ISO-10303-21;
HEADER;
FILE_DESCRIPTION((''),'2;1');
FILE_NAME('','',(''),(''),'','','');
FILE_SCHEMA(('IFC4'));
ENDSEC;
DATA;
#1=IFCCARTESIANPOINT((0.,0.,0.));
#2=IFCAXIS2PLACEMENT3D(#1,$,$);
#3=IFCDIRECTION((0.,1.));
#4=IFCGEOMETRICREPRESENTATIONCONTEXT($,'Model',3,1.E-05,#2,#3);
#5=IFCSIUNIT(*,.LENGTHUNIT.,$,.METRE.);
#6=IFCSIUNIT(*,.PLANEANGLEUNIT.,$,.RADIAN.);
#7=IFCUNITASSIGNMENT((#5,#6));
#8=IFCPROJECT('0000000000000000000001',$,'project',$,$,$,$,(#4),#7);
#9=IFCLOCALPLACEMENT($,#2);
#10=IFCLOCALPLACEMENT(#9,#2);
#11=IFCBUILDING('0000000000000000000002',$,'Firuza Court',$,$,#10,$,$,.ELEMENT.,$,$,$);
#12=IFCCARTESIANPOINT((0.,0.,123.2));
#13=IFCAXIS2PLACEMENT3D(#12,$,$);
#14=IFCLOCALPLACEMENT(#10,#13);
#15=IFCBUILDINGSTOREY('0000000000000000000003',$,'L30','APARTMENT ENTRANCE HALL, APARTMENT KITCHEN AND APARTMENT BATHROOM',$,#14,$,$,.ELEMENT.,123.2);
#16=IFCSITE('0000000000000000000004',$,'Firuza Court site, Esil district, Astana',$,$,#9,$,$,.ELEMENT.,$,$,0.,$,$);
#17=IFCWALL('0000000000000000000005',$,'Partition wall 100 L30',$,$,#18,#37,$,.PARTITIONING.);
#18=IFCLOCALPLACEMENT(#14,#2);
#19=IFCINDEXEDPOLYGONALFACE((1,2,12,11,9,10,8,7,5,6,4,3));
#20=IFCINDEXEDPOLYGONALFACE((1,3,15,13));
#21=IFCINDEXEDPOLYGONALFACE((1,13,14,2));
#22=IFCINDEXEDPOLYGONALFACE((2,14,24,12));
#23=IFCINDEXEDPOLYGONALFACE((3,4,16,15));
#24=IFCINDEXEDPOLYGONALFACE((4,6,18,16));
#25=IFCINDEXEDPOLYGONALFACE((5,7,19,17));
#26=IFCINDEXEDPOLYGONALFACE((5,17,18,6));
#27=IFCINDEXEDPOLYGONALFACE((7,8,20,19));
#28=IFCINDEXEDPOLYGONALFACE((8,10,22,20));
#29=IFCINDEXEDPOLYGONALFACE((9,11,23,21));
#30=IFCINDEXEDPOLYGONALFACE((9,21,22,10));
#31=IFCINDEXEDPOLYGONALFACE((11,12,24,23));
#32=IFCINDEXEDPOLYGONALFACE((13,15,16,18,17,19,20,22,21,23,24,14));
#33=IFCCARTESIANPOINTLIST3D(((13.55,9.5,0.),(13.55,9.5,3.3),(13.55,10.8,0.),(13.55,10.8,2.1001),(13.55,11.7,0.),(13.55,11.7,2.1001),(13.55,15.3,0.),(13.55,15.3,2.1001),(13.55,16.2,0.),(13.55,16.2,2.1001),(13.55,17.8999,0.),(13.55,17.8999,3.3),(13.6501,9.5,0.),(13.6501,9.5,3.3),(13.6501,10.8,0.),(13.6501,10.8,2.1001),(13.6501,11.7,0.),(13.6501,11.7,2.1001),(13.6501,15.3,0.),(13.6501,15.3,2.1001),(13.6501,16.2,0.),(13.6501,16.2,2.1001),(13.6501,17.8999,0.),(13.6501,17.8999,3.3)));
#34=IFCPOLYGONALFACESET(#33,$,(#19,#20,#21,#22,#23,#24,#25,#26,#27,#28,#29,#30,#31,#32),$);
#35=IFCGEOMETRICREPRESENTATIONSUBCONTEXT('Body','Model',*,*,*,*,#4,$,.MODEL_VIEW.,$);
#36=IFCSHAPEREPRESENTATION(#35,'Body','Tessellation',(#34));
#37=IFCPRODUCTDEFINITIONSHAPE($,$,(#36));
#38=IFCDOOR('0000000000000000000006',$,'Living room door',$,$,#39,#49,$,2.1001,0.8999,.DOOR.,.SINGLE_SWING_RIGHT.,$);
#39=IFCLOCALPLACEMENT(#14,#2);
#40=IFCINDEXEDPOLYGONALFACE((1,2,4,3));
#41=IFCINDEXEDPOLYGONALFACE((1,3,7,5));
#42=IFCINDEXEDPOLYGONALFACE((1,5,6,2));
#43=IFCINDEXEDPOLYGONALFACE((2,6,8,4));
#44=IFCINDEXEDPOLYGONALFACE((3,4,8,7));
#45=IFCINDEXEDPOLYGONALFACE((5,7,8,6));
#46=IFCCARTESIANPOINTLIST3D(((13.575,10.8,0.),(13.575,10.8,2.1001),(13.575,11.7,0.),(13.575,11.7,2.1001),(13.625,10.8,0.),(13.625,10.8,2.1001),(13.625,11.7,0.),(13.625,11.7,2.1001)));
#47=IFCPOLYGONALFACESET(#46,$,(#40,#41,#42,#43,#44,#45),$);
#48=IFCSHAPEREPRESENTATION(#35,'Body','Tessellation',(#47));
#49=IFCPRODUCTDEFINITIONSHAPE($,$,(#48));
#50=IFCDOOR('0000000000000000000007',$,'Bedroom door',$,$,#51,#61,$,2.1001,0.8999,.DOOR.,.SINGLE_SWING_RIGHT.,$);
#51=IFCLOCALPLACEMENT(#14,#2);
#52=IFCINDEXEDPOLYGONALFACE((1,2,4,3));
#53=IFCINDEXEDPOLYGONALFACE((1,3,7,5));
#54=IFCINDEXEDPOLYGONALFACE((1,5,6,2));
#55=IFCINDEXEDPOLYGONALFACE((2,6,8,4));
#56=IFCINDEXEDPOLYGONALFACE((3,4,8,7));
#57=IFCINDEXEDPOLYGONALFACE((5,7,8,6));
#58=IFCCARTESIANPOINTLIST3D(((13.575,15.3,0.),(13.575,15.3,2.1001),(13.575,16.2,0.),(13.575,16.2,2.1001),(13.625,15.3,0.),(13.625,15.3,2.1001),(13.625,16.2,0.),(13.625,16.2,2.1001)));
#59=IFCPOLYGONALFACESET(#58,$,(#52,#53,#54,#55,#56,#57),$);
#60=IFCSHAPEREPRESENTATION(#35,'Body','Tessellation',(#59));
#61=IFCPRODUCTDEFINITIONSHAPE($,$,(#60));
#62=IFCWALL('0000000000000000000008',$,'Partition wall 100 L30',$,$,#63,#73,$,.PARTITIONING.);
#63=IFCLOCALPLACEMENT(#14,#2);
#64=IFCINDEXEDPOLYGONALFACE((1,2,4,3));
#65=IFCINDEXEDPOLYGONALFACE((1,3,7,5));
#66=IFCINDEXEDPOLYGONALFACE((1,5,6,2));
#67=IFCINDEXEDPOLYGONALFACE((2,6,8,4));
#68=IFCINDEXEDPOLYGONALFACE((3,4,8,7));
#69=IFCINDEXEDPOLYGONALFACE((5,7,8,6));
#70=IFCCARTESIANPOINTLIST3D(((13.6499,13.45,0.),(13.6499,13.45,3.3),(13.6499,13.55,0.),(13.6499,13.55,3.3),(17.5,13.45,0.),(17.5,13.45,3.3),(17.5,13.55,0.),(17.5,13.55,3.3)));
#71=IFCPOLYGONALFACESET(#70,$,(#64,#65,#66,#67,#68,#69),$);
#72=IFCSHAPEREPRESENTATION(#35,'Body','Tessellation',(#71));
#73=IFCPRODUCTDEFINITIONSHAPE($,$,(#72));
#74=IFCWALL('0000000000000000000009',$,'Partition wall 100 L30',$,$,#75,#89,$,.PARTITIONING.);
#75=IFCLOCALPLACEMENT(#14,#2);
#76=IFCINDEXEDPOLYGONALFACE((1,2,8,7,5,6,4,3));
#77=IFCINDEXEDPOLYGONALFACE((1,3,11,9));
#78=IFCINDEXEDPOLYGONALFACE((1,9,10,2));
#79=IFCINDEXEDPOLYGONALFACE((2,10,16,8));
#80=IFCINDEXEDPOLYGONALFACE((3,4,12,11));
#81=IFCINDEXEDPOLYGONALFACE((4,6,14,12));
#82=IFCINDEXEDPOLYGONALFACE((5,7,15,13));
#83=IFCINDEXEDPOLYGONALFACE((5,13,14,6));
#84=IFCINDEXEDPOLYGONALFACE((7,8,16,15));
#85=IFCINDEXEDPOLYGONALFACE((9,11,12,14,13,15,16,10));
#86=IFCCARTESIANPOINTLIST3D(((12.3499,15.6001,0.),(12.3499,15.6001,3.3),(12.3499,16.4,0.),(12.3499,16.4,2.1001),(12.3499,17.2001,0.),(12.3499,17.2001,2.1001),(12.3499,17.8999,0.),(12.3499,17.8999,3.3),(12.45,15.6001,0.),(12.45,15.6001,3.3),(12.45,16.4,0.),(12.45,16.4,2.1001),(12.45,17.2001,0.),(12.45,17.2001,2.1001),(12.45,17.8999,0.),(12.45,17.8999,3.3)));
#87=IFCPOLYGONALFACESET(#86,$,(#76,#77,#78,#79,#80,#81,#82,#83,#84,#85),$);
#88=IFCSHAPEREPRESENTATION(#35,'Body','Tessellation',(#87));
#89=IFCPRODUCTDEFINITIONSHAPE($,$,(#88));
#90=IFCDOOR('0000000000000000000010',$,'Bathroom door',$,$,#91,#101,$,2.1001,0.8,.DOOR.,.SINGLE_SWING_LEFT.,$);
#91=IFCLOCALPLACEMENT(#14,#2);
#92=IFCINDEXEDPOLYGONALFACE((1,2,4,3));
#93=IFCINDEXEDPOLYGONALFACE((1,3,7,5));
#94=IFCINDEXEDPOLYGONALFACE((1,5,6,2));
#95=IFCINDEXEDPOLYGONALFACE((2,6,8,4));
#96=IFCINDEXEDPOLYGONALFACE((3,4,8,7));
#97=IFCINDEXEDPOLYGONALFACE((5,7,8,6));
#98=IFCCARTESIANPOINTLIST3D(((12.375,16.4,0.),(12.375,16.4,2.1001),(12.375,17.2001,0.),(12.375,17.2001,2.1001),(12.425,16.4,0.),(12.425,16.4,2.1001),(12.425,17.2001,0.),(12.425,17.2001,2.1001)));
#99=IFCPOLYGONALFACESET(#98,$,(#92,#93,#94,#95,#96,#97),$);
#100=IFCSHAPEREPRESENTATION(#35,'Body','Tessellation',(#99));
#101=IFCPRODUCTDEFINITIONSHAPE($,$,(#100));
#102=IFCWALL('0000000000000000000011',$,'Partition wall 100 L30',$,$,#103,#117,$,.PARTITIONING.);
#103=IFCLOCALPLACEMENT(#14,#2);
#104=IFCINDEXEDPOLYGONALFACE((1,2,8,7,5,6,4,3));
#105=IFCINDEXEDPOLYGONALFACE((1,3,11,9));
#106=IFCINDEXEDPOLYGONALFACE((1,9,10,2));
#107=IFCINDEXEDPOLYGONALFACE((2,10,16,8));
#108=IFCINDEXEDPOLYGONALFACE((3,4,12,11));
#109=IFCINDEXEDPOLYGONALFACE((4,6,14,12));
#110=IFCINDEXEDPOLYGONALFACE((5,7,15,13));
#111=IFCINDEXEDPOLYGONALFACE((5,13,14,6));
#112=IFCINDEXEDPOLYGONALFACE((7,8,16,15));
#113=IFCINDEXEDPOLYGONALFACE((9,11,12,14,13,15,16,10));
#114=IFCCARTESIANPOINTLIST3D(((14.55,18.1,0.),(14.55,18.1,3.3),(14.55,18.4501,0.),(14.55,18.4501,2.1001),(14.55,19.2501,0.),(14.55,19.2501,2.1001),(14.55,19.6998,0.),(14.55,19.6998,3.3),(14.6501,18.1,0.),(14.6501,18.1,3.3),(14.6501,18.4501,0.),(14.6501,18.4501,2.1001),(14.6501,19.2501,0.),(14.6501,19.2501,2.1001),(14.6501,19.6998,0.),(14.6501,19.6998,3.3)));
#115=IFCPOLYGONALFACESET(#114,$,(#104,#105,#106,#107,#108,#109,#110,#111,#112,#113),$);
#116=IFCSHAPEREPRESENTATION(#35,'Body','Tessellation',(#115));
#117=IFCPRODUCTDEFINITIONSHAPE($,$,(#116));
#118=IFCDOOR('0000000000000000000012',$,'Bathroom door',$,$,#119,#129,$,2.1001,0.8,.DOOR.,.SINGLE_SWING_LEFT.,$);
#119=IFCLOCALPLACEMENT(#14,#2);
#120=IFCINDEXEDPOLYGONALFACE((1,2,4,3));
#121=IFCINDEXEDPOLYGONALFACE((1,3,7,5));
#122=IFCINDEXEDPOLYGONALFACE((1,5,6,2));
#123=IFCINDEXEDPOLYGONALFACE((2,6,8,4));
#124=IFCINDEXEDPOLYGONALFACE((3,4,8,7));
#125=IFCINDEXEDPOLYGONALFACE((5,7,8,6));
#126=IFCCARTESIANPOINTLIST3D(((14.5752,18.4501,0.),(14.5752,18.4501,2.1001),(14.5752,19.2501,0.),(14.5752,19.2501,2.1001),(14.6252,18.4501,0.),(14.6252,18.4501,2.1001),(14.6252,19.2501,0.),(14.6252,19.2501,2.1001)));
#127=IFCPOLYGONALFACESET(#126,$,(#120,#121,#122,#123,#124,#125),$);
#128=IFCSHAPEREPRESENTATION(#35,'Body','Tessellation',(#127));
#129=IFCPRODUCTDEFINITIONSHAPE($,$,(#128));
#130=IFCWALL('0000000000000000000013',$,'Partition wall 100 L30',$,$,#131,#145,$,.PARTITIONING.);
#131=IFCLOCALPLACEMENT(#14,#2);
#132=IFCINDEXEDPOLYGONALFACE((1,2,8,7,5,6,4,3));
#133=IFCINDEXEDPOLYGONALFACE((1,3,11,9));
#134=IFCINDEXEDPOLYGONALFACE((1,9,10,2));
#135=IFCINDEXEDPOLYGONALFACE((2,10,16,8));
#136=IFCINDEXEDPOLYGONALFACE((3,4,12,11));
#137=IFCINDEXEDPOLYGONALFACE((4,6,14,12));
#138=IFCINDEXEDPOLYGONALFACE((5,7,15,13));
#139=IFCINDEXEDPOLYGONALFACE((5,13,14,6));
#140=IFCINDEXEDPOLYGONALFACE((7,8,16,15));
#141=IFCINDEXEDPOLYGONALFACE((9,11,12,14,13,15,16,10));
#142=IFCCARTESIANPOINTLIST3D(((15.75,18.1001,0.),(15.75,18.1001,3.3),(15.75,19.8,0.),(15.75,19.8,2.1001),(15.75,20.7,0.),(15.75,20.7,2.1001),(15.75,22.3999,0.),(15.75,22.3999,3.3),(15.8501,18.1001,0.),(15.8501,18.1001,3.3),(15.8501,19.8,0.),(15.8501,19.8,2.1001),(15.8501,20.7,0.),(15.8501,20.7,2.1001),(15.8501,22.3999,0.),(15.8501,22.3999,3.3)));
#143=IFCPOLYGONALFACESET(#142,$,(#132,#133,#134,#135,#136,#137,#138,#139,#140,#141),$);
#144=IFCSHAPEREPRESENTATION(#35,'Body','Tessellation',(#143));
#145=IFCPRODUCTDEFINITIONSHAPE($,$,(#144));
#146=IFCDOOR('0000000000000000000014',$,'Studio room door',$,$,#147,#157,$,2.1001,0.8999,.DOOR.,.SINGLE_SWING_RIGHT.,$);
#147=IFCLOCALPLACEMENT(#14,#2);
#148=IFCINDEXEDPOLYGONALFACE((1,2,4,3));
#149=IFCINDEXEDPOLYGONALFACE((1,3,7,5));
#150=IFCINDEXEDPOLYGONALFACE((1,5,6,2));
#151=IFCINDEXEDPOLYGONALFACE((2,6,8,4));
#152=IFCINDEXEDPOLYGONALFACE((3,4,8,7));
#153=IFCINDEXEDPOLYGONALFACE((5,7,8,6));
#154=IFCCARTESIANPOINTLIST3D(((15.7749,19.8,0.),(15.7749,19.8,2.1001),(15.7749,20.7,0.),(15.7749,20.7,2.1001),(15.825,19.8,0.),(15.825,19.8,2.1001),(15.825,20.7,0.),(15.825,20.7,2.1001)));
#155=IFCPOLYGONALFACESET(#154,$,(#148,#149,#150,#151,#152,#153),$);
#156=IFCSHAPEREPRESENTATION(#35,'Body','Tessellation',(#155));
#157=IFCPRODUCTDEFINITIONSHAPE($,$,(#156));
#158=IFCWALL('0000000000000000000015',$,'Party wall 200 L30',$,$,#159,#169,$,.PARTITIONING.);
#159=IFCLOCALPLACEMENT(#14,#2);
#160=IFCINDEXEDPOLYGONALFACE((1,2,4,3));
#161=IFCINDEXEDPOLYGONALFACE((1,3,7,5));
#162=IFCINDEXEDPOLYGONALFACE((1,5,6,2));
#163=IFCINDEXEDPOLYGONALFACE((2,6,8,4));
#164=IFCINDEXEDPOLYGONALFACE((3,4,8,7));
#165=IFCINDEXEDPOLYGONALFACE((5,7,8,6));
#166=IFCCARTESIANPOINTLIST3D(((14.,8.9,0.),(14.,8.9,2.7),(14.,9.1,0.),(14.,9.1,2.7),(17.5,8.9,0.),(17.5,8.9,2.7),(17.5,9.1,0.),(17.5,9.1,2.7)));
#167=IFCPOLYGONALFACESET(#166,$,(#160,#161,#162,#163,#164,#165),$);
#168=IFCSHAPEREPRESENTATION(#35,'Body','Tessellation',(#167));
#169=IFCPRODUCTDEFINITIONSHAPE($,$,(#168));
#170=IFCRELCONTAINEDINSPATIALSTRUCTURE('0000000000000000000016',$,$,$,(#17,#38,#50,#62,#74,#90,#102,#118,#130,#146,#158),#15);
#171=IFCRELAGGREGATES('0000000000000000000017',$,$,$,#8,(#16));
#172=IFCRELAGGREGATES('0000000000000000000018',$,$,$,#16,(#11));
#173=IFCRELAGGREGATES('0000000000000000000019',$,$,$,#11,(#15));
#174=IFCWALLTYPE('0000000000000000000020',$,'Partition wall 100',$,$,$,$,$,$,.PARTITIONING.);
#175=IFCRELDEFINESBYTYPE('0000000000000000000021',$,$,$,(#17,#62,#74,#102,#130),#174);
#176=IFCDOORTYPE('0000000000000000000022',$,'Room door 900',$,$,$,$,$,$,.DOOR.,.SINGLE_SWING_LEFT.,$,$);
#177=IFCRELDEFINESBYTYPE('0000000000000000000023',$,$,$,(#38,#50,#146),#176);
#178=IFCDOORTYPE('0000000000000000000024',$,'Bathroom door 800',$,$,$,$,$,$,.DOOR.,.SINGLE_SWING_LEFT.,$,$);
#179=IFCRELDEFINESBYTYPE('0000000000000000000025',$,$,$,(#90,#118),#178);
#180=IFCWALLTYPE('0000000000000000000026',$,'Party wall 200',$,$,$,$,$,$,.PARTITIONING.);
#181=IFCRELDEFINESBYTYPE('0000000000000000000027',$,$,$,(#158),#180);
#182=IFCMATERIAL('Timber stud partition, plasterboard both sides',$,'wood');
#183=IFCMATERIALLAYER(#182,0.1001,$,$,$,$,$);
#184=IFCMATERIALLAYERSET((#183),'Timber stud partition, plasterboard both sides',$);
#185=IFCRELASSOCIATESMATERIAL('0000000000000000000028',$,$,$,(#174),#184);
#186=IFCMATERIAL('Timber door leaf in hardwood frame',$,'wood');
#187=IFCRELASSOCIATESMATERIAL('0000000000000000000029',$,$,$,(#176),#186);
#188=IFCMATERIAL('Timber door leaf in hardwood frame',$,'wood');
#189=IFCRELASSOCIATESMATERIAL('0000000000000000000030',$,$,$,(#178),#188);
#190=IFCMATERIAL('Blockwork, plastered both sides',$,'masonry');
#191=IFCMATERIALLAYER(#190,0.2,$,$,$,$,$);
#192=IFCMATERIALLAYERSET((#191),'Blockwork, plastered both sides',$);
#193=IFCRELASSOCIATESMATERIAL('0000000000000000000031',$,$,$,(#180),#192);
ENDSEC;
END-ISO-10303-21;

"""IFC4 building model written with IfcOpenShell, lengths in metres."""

from ifc_helpers import new_model, si_unit, direction, frame, frame_2d, origin, place, context, subcontext, project, spatial, rectangle, extrude, material, layer, layer_set, type_object, element, fill, save


model = new_model("IFC4")

# Units and contexts
model_context = context("Model", 3, precision=1e-05, world=origin(), true_north=direction((0.0, 1.0)))
body_context = subcontext(model_context, "Body", "Model", "MODEL_VIEW")
ifc_project = project(units=[si_unit("LENGTHUNIT", "METRE"), si_unit("PLANEANGLEUNIT", "RADIAN")], contexts=[model_context])

# Site, building, storey
site_placement = place(None, origin())
site = spatial("IfcSite", under=ifc_project, at=site_placement, Name="Firuza Court site, Esil district, Astana", CompositionType="ELEMENT", RefElevation=0.0)
building_placement = place(site_placement, origin())
building = spatial("IfcBuilding", under=site, at=building_placement, Name="Firuza Court", CompositionType="ELEMENT")
storey_placement = place(building_placement, frame((0.0, 0.0, 123.2)))
storey = spatial("IfcBuildingStorey", under=building, at=storey_placement, Name="L30", Description="APARTMENT ENTRANCE HALL, APARTMENT KITCHEN AND APARTMENT BATHROOM", CompositionType="ELEMENT", Elevation=123.2)

# Shared definitions
ifc_material_1 = material(Name="Timber stud partition, plasterboard both sides", Category="wood")
ifc_layer_1 = layer(ifc_material_1, 0.1001)
ifc_layer_set_1 = layer_set([ifc_layer_1], Name="Timber stud partition, plasterboard both sides")
wall_type_1 = type_object("IfcWallType", Name="Partition wall 100", PredefinedType="PARTITIONING", material=ifc_layer_set_1)
ifc_material_2 = material(Name="Timber door leaf in hardwood frame", Category="wood")
door_type_1 = type_object("IfcDoorType", Name="Room door 900", OperationType="SINGLE_SWING_LEFT", PredefinedType="DOOR", material=ifc_material_2)

# Wall, openings, doors
wall_1_placement = place(storey_placement, frame((13.6001, 9.5, 0.0), z_axis=(0.0, 0.0, 1.0), x_axis=(0.0, 1.0, 0.0)))
wall_1 = element("IfcWall", 1, at=wall_1_placement, inside=storey, type_object=wall_type_1, Name="Partition wall 100 L30", PredefinedType="PARTITIONING", context=body_context, shape_type="SweptSolid", body=[
    extrude(rectangle(XDim=8.3999, YDim=0.1001, at=frame_2d((4.2, 0.0))), origin(), (0.0, 0.0, 1.0), 3.3),
])
opening_1_placement = place(wall_1_placement, frame((1.3, 0.0, 0.0)))
opening_1 = element("IfcOpeningElement", 2, at=opening_1_placement, cuts=wall_1, PredefinedType="OPENING", context=body_context, shape_type="SweptSolid", body=[
    extrude(rectangle(XDim=0.8999, YDim=2.1001, at=frame_2d((0.45, 1.05))), frame((0.0, 0.062, 0.0), z_axis=(0.0, -1.0, 0.0), x_axis=(1.0, 0.0, 0.0)), (0.0, 0.0, 1.0), 0.124),
])
opening_2_placement = place(wall_1_placement, frame((5.8, 0.0, 0.0)))
opening_2 = element("IfcOpeningElement", 3, at=opening_2_placement, cuts=wall_1, PredefinedType="OPENING", context=body_context, shape_type="SweptSolid", body=[
    extrude(rectangle(XDim=0.8999, YDim=2.1001, at=frame_2d((0.45, 1.05))), frame((0.0, 0.062, 0.0), z_axis=(0.0, -1.0, 0.0), x_axis=(1.0, 0.0, 0.0)), (0.0, 0.0, 1.0), 0.124),
])
door_1_placement = place(opening_1_placement, frame((0.8999, 0.0, 0.0), z_axis=(0.0, 0.0, 1.0), x_axis=(-1.0, 0.0, 0.0)))
door_1 = element("IfcDoor", 4, at=door_1_placement, inside=storey, type_object=door_type_1, Name="Living room door", OperationType="SINGLE_SWING_RIGHT", OverallHeight=2.1001, OverallWidth=0.8999, PredefinedType="DOOR", context=body_context, shape_type="SweptSolid", body=[
    extrude(rectangle(XDim=0.8999, YDim=2.1001, at=frame_2d((0.45, 1.05))), frame((0.0, 0.0249, 0.0), z_axis=(0.0, -1.0, 0.0), x_axis=(1.0, 0.0, 0.0)), (0.0, 0.0, 1.0), 0.05),
])
fill(opening_1, door_1)
door_2_placement = place(opening_2_placement, frame((0.8999, 0.0, 0.0), z_axis=(0.0, 0.0, 1.0), x_axis=(-1.0, 0.0, 0.0)))
door_2 = element("IfcDoor", 5, at=door_2_placement, inside=storey, type_object=door_type_1, Name="Bedroom door", OperationType="SINGLE_SWING_RIGHT", OverallHeight=2.1001, OverallWidth=0.8999, PredefinedType="DOOR", context=body_context, shape_type="SweptSolid", body=[
    extrude(rectangle(XDim=0.8999, YDim=2.1001, at=frame_2d((0.45, 1.05))), frame((0.0, 0.0249, 0.0), z_axis=(0.0, -1.0, 0.0), x_axis=(1.0, 0.0, 0.0)), (0.0, 0.0, 1.0), 0.05),
])
fill(opening_2, door_2)

# Wall
wall_2_placement = place(storey_placement, frame((13.6499, 13.5, 0.0), z_axis=(0.0, 0.0, 1.0), x_axis=(1.0, 0.0, 0.0)))
element("IfcWall", 6, at=wall_2_placement, inside=storey, type_object=wall_type_1, Name="Partition wall 100 L30", PredefinedType="PARTITIONING", context=body_context, shape_type="SweptSolid", body=[
    extrude(rectangle(XDim=3.8501, YDim=0.1001, at=frame_2d((1.925, 0.0))), origin(), (0.0, 0.0, 1.0), 3.3),
])

# Walls, openings, doors
wall_3_placement = place(storey_placement, frame((12.3999, 15.6001, 0.0), z_axis=(0.0, 0.0, 1.0), x_axis=(0.0, 1.0, 0.0)))
wall_3 = element("IfcWall", 7, at=wall_3_placement, inside=storey, type_object=wall_type_1, Name="Partition wall 100 L30", PredefinedType="PARTITIONING", context=body_context, shape_type="SweptSolid", body=[
    extrude(rectangle(XDim=2.2998, YDim=0.1001, at=frame_2d((1.1499, 0.0))), origin(), (0.0, 0.0, 1.0), 3.3),
])
opening_3_placement = place(wall_3_placement, frame((0.8, 0.0, 0.0)))
opening_3 = element("IfcOpeningElement", 8, at=opening_3_placement, cuts=wall_3, PredefinedType="OPENING", context=body_context, shape_type="SweptSolid", body=[
    extrude(rectangle(XDim=0.8, YDim=2.1001, at=frame_2d((0.3999, 1.05))), frame((0.0, 0.062, 0.0), z_axis=(0.0, -1.0, 0.0), x_axis=(1.0, 0.0, 0.0)), (0.0, 0.0, 1.0), 0.124),
])
ifc_material_3 = material(Name="Timber door leaf in hardwood frame", Category="wood")
door_type_2 = type_object("IfcDoorType", Name="Bathroom door 800", OperationType="SINGLE_SWING_LEFT", PredefinedType="DOOR", material=ifc_material_3)
door_3_placement = place(opening_3_placement, origin())
door_3 = element("IfcDoor", 9, at=door_3_placement, inside=storey, type_object=door_type_2, Name="Bathroom door", OperationType="SINGLE_SWING_LEFT", OverallHeight=2.1001, OverallWidth=0.8, PredefinedType="DOOR", context=body_context, shape_type="SweptSolid", body=[
    extrude(rectangle(XDim=0.8, YDim=2.1001, at=frame_2d((0.3999, 1.05))), frame((0.0, 0.0249, 0.0), z_axis=(0.0, -1.0, 0.0), x_axis=(1.0, 0.0, 0.0)), (0.0, 0.0, 1.0), 0.05),
])
fill(opening_3, door_3)
wall_4_placement = place(storey_placement, frame((14.6001, 18.1001, 0.0), z_axis=(0.0, 0.0, 1.0), x_axis=(0.0, 1.0, 0.0)))
wall_4 = element("IfcWall", 10, at=wall_4_placement, inside=storey, type_object=wall_type_1, Name="Partition wall 100 L30", PredefinedType="PARTITIONING", context=body_context, shape_type="SweptSolid", body=[
    extrude(rectangle(XDim=1.5999, YDim=0.1001, at=frame_2d((0.7998, 0.0))), origin(), (0.0, 0.0, 1.0), 3.3),
])
opening_4_placement = place(wall_4_placement, frame((0.3501, 0.0, 0.0)))
opening_4 = element("IfcOpeningElement", 11, at=opening_4_placement, cuts=wall_4, PredefinedType="OPENING", context=body_context, shape_type="SweptSolid", body=[
    extrude(rectangle(XDim=0.8, YDim=2.1001, at=frame_2d((0.3999, 1.05))), frame((0.0, 0.062, 0.0), z_axis=(0.0, -1.0, 0.0), x_axis=(1.0, 0.0, 0.0)), (0.0, 0.0, 1.0), 0.124),
])
door_4_placement = place(opening_4_placement, origin())
door_4 = element("IfcDoor", 12, at=door_4_placement, inside=storey, type_object=door_type_2, Name="Bathroom door", OperationType="SINGLE_SWING_LEFT", OverallHeight=2.1001, OverallWidth=0.8, PredefinedType="DOOR", context=body_context, shape_type="SweptSolid", body=[
    extrude(rectangle(XDim=0.8, YDim=2.1001, at=frame_2d((0.3999, 1.05))), frame((0.0, 0.0249, 0.0), z_axis=(0.0, -1.0, 0.0), x_axis=(1.0, 0.0, 0.0)), (0.0, 0.0, 1.0), 0.05),
])
fill(opening_4, door_4)
wall_5_placement = place(storey_placement, frame((15.8, 18.1001, 0.0), z_axis=(0.0, 0.0, 1.0), x_axis=(0.0, 1.0, 0.0)))
wall_5 = element("IfcWall", 13, at=wall_5_placement, inside=storey, type_object=wall_type_1, Name="Partition wall 100 L30", PredefinedType="PARTITIONING", context=body_context, shape_type="SweptSolid", body=[
    extrude(rectangle(XDim=4.2998, YDim=0.1001, at=frame_2d((2.1499, 0.0))), origin(), (0.0, 0.0, 1.0), 3.3),
])
opening_5_placement = place(wall_5_placement, frame((1.7, 0.0, 0.0)))
opening_5 = element("IfcOpeningElement", 14, at=opening_5_placement, cuts=wall_5, PredefinedType="OPENING", context=body_context, shape_type="SweptSolid", body=[
    extrude(rectangle(XDim=0.8999, YDim=2.1001, at=frame_2d((0.45, 1.05))), frame((0.0, 0.062, 0.0), z_axis=(0.0, -1.0, 0.0), x_axis=(1.0, 0.0, 0.0)), (0.0, 0.0, 1.0), 0.124),
])
door_5_placement = place(opening_5_placement, frame((0.8999, 0.0, 0.0), z_axis=(0.0, 0.0, 1.0), x_axis=(-1.0, 0.0, 0.0)))
door_5 = element("IfcDoor", 15, at=door_5_placement, inside=storey, type_object=door_type_1, Name="Studio room door", OperationType="SINGLE_SWING_RIGHT", OverallHeight=2.1001, OverallWidth=0.8999, PredefinedType="DOOR", context=body_context, shape_type="SweptSolid", body=[
    extrude(rectangle(XDim=0.8999, YDim=2.1001, at=frame_2d((0.45, 1.05))), frame((0.0, 0.0249, 0.0), z_axis=(0.0, -1.0, 0.0), x_axis=(1.0, 0.0, 0.0)), (0.0, 0.0, 1.0), 0.05),
])
fill(opening_5, door_5)

# Wall
ifc_material_4 = material(Name="Blockwork, plastered both sides", Category="masonry")
ifc_layer_2 = layer(ifc_material_4, 0.2)
ifc_layer_set_2 = layer_set([ifc_layer_2], Name="Blockwork, plastered both sides")
wall_type_2 = type_object("IfcWallType", Name="Party wall 200", PredefinedType="PARTITIONING", material=ifc_layer_set_2)
wall_6_placement = place(storey_placement, frame((14.0, 9.0, 0.0), z_axis=(0.0, 0.0, 1.0), x_axis=(1.0, 0.0, 0.0)))
element("IfcWall", 16, at=wall_6_placement, inside=storey, type_object=wall_type_2, Name="Party wall 200 L30", PredefinedType="PARTITIONING", context=body_context, shape_type="SweptSolid", body=[
    extrude(rectangle(XDim=3.5, YDim=0.2, at=frame_2d((1.75, 0.0))), origin(), (0.0, 0.0, 1.0), 2.7),
])

save(model, "model.ifc")
